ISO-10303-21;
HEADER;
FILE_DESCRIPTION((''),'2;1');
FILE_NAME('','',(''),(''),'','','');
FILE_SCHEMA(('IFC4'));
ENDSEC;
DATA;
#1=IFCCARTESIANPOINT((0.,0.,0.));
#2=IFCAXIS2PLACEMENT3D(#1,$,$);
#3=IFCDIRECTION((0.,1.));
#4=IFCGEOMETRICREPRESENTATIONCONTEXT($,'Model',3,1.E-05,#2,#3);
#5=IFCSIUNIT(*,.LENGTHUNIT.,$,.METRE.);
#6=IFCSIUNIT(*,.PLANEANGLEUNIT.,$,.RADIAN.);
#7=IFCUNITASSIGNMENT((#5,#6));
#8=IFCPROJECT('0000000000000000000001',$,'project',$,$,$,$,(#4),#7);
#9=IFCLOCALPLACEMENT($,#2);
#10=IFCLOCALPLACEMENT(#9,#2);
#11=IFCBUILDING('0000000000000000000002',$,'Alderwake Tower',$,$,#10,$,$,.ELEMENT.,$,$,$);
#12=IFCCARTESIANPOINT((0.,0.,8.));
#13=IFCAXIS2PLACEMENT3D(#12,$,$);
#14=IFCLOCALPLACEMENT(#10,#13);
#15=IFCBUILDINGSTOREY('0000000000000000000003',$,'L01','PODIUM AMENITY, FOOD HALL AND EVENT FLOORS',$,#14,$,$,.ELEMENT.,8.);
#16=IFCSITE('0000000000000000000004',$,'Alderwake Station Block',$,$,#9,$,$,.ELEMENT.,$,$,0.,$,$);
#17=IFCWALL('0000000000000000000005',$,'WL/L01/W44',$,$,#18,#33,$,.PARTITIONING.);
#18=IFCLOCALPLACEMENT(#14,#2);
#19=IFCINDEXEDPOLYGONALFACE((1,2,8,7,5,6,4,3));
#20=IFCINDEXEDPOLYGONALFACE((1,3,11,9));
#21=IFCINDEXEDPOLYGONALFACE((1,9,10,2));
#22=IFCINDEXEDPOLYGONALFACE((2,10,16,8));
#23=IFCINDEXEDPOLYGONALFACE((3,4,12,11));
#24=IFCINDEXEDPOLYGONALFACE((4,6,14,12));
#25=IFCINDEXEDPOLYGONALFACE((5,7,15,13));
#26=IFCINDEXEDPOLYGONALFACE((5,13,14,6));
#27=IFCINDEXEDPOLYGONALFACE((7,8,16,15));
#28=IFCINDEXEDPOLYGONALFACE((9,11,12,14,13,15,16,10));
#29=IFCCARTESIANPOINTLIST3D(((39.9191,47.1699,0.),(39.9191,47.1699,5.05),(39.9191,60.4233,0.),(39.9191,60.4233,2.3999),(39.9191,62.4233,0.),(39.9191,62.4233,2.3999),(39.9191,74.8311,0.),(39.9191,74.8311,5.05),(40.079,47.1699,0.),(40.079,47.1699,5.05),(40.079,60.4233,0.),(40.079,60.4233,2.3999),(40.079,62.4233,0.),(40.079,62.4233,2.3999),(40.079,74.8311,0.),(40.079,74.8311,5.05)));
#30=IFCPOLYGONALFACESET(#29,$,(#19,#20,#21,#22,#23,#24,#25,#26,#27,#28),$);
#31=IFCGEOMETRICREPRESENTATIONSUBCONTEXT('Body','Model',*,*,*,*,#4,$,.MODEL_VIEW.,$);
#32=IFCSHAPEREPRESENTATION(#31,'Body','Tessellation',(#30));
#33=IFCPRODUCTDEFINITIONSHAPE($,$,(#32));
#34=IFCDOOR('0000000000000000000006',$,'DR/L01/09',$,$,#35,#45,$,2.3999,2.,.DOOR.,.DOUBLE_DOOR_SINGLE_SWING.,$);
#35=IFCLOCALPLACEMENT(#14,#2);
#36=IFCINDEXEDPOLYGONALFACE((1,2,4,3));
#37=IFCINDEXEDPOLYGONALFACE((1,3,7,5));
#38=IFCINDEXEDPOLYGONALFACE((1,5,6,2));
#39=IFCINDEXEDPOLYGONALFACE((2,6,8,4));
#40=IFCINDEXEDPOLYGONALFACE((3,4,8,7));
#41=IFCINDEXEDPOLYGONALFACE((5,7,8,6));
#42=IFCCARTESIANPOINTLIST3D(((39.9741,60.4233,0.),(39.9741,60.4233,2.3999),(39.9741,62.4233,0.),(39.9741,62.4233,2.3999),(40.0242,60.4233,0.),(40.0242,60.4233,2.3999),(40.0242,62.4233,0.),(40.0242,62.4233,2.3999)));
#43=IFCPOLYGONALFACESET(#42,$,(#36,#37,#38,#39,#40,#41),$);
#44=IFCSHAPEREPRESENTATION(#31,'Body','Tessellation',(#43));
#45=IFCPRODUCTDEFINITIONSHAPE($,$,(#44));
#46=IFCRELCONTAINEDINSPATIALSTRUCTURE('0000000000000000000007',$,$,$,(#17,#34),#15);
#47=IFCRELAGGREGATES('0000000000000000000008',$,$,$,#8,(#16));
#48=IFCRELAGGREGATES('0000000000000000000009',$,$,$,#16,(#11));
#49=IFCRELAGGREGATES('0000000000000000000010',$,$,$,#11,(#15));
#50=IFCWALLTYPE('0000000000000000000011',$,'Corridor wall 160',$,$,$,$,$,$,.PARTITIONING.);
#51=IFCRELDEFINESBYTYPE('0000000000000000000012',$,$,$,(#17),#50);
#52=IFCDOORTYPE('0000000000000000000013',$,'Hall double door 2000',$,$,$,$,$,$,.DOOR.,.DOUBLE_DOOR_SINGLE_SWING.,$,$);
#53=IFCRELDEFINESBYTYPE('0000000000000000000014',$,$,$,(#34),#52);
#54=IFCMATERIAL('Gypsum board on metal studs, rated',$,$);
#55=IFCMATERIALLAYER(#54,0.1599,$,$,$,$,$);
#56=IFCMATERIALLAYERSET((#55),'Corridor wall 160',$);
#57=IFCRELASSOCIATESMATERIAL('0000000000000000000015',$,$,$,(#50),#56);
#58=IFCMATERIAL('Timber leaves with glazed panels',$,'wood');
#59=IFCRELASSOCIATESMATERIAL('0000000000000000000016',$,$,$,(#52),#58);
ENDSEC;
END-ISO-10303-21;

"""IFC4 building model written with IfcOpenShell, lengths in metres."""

from ifc_helpers import new_model, si_unit, direction, frame, frame_2d, origin, place, context, subcontext, project, spatial, rectangle, extrude, material, layer, layer_set, type_object, element, fill, save


model = new_model("IFC4")

# Units and contexts
model_context = context("Model", 3, precision=1e-05, world=origin(), true_north=direction((0.0, 1.0)))
body_context = subcontext(model_context, "Body", "Model", "MODEL_VIEW")
ifc_project = project(units=[si_unit("LENGTHUNIT", "METRE"), si_unit("PLANEANGLEUNIT", "RADIAN")], contexts=[model_context])

# Site, building, storey
site_placement = place(None, origin())
site = spatial("IfcSite", under=ifc_project, at=site_placement, Name="Alderwake Station Block", CompositionType="ELEMENT", RefElevation=0.0)
building_placement = place(site_placement, origin())
building = spatial("IfcBuilding", under=site, at=building_placement, Name="Alderwake Tower", CompositionType="ELEMENT")
storey_placement = place(building_placement, frame((0.0, 0.0, 8.0)))
storey = spatial("IfcBuildingStorey", under=building, at=storey_placement, Name="L01", Description="PODIUM AMENITY, FOOD HALL AND EVENT FLOORS", CompositionType="ELEMENT", Elevation=8.0)

# Wall, opening, door
ifc_material_1 = material(Name="Gypsum board on metal studs, rated")
ifc_layer_1 = layer(ifc_material_1, 0.1599)
ifc_layer_set_1 = layer_set([ifc_layer_1], Name="Corridor wall 160")
wall_type_1 = type_object("IfcWallType", Name="Corridor wall 160", PredefinedType="PARTITIONING", material=ifc_layer_set_1)
wall_1_placement = place(storey_placement, frame((39.999, 47.1699, 0.0), z_axis=(0.0, 0.0, 1.0), x_axis=(0.0, 1.0, 0.0)))
wall_1 = element("IfcWall", 1, at=wall_1_placement, inside=storey, type_object=wall_type_1, Name="WL/L01/W44", PredefinedType="PARTITIONING", context=body_context, shape_type="SweptSolid", body=[
    extrude(rectangle(XDim=27.6611, YDim=0.1599, at=frame_2d((13.8306, 0.0))), origin(), (0.0, 0.0, 1.0), 5.05),
])
opening_1_placement = place(wall_1_placement, frame((13.2534, 0.0, 0.0)))
opening_1 = element("IfcOpeningElement", 2, at=opening_1_placement, cuts=wall_1, PredefinedType="OPENING", context=body_context, shape_type="SweptSolid", body=[
    extrude(rectangle(XDim=2.0, YDim=2.3999, at=frame_2d((1.0, 1.2))), frame((0.0, 0.0898, 0.0), z_axis=(0.0, -1.0, 0.0), x_axis=(1.0, 0.0, 0.0)), (0.0, 0.0, 1.0), 0.1799),
])
ifc_material_2 = material(Name="Timber leaves with glazed panels", Category="wood")
door_type_1 = type_object("IfcDoorType", Name="Hall double door 2000", OperationType="DOUBLE_DOOR_SINGLE_SWING", PredefinedType="DOOR", material=ifc_material_2)
door_1_placement = place(opening_1_placement, origin())
door_1 = element("IfcDoor", 3, at=door_1_placement, inside=storey, type_object=door_type_1, Name="DR/L01/09", OperationType="DOUBLE_DOOR_SINGLE_SWING", OverallHeight=2.3999, OverallWidth=2.0, PredefinedType="DOOR", context=body_context, shape_type="SweptSolid", body=[
    extrude(rectangle(XDim=2.0, YDim=2.3999, at=frame_2d((1.0, 1.2))), frame((0.0, 0.0249, 0.0), z_axis=(0.0, -1.0, 0.0), x_axis=(1.0, 0.0, 0.0)), (0.0, 0.0, 1.0), 0.05),
])
fill(opening_1, door_1)

save(model, "model.ifc")
